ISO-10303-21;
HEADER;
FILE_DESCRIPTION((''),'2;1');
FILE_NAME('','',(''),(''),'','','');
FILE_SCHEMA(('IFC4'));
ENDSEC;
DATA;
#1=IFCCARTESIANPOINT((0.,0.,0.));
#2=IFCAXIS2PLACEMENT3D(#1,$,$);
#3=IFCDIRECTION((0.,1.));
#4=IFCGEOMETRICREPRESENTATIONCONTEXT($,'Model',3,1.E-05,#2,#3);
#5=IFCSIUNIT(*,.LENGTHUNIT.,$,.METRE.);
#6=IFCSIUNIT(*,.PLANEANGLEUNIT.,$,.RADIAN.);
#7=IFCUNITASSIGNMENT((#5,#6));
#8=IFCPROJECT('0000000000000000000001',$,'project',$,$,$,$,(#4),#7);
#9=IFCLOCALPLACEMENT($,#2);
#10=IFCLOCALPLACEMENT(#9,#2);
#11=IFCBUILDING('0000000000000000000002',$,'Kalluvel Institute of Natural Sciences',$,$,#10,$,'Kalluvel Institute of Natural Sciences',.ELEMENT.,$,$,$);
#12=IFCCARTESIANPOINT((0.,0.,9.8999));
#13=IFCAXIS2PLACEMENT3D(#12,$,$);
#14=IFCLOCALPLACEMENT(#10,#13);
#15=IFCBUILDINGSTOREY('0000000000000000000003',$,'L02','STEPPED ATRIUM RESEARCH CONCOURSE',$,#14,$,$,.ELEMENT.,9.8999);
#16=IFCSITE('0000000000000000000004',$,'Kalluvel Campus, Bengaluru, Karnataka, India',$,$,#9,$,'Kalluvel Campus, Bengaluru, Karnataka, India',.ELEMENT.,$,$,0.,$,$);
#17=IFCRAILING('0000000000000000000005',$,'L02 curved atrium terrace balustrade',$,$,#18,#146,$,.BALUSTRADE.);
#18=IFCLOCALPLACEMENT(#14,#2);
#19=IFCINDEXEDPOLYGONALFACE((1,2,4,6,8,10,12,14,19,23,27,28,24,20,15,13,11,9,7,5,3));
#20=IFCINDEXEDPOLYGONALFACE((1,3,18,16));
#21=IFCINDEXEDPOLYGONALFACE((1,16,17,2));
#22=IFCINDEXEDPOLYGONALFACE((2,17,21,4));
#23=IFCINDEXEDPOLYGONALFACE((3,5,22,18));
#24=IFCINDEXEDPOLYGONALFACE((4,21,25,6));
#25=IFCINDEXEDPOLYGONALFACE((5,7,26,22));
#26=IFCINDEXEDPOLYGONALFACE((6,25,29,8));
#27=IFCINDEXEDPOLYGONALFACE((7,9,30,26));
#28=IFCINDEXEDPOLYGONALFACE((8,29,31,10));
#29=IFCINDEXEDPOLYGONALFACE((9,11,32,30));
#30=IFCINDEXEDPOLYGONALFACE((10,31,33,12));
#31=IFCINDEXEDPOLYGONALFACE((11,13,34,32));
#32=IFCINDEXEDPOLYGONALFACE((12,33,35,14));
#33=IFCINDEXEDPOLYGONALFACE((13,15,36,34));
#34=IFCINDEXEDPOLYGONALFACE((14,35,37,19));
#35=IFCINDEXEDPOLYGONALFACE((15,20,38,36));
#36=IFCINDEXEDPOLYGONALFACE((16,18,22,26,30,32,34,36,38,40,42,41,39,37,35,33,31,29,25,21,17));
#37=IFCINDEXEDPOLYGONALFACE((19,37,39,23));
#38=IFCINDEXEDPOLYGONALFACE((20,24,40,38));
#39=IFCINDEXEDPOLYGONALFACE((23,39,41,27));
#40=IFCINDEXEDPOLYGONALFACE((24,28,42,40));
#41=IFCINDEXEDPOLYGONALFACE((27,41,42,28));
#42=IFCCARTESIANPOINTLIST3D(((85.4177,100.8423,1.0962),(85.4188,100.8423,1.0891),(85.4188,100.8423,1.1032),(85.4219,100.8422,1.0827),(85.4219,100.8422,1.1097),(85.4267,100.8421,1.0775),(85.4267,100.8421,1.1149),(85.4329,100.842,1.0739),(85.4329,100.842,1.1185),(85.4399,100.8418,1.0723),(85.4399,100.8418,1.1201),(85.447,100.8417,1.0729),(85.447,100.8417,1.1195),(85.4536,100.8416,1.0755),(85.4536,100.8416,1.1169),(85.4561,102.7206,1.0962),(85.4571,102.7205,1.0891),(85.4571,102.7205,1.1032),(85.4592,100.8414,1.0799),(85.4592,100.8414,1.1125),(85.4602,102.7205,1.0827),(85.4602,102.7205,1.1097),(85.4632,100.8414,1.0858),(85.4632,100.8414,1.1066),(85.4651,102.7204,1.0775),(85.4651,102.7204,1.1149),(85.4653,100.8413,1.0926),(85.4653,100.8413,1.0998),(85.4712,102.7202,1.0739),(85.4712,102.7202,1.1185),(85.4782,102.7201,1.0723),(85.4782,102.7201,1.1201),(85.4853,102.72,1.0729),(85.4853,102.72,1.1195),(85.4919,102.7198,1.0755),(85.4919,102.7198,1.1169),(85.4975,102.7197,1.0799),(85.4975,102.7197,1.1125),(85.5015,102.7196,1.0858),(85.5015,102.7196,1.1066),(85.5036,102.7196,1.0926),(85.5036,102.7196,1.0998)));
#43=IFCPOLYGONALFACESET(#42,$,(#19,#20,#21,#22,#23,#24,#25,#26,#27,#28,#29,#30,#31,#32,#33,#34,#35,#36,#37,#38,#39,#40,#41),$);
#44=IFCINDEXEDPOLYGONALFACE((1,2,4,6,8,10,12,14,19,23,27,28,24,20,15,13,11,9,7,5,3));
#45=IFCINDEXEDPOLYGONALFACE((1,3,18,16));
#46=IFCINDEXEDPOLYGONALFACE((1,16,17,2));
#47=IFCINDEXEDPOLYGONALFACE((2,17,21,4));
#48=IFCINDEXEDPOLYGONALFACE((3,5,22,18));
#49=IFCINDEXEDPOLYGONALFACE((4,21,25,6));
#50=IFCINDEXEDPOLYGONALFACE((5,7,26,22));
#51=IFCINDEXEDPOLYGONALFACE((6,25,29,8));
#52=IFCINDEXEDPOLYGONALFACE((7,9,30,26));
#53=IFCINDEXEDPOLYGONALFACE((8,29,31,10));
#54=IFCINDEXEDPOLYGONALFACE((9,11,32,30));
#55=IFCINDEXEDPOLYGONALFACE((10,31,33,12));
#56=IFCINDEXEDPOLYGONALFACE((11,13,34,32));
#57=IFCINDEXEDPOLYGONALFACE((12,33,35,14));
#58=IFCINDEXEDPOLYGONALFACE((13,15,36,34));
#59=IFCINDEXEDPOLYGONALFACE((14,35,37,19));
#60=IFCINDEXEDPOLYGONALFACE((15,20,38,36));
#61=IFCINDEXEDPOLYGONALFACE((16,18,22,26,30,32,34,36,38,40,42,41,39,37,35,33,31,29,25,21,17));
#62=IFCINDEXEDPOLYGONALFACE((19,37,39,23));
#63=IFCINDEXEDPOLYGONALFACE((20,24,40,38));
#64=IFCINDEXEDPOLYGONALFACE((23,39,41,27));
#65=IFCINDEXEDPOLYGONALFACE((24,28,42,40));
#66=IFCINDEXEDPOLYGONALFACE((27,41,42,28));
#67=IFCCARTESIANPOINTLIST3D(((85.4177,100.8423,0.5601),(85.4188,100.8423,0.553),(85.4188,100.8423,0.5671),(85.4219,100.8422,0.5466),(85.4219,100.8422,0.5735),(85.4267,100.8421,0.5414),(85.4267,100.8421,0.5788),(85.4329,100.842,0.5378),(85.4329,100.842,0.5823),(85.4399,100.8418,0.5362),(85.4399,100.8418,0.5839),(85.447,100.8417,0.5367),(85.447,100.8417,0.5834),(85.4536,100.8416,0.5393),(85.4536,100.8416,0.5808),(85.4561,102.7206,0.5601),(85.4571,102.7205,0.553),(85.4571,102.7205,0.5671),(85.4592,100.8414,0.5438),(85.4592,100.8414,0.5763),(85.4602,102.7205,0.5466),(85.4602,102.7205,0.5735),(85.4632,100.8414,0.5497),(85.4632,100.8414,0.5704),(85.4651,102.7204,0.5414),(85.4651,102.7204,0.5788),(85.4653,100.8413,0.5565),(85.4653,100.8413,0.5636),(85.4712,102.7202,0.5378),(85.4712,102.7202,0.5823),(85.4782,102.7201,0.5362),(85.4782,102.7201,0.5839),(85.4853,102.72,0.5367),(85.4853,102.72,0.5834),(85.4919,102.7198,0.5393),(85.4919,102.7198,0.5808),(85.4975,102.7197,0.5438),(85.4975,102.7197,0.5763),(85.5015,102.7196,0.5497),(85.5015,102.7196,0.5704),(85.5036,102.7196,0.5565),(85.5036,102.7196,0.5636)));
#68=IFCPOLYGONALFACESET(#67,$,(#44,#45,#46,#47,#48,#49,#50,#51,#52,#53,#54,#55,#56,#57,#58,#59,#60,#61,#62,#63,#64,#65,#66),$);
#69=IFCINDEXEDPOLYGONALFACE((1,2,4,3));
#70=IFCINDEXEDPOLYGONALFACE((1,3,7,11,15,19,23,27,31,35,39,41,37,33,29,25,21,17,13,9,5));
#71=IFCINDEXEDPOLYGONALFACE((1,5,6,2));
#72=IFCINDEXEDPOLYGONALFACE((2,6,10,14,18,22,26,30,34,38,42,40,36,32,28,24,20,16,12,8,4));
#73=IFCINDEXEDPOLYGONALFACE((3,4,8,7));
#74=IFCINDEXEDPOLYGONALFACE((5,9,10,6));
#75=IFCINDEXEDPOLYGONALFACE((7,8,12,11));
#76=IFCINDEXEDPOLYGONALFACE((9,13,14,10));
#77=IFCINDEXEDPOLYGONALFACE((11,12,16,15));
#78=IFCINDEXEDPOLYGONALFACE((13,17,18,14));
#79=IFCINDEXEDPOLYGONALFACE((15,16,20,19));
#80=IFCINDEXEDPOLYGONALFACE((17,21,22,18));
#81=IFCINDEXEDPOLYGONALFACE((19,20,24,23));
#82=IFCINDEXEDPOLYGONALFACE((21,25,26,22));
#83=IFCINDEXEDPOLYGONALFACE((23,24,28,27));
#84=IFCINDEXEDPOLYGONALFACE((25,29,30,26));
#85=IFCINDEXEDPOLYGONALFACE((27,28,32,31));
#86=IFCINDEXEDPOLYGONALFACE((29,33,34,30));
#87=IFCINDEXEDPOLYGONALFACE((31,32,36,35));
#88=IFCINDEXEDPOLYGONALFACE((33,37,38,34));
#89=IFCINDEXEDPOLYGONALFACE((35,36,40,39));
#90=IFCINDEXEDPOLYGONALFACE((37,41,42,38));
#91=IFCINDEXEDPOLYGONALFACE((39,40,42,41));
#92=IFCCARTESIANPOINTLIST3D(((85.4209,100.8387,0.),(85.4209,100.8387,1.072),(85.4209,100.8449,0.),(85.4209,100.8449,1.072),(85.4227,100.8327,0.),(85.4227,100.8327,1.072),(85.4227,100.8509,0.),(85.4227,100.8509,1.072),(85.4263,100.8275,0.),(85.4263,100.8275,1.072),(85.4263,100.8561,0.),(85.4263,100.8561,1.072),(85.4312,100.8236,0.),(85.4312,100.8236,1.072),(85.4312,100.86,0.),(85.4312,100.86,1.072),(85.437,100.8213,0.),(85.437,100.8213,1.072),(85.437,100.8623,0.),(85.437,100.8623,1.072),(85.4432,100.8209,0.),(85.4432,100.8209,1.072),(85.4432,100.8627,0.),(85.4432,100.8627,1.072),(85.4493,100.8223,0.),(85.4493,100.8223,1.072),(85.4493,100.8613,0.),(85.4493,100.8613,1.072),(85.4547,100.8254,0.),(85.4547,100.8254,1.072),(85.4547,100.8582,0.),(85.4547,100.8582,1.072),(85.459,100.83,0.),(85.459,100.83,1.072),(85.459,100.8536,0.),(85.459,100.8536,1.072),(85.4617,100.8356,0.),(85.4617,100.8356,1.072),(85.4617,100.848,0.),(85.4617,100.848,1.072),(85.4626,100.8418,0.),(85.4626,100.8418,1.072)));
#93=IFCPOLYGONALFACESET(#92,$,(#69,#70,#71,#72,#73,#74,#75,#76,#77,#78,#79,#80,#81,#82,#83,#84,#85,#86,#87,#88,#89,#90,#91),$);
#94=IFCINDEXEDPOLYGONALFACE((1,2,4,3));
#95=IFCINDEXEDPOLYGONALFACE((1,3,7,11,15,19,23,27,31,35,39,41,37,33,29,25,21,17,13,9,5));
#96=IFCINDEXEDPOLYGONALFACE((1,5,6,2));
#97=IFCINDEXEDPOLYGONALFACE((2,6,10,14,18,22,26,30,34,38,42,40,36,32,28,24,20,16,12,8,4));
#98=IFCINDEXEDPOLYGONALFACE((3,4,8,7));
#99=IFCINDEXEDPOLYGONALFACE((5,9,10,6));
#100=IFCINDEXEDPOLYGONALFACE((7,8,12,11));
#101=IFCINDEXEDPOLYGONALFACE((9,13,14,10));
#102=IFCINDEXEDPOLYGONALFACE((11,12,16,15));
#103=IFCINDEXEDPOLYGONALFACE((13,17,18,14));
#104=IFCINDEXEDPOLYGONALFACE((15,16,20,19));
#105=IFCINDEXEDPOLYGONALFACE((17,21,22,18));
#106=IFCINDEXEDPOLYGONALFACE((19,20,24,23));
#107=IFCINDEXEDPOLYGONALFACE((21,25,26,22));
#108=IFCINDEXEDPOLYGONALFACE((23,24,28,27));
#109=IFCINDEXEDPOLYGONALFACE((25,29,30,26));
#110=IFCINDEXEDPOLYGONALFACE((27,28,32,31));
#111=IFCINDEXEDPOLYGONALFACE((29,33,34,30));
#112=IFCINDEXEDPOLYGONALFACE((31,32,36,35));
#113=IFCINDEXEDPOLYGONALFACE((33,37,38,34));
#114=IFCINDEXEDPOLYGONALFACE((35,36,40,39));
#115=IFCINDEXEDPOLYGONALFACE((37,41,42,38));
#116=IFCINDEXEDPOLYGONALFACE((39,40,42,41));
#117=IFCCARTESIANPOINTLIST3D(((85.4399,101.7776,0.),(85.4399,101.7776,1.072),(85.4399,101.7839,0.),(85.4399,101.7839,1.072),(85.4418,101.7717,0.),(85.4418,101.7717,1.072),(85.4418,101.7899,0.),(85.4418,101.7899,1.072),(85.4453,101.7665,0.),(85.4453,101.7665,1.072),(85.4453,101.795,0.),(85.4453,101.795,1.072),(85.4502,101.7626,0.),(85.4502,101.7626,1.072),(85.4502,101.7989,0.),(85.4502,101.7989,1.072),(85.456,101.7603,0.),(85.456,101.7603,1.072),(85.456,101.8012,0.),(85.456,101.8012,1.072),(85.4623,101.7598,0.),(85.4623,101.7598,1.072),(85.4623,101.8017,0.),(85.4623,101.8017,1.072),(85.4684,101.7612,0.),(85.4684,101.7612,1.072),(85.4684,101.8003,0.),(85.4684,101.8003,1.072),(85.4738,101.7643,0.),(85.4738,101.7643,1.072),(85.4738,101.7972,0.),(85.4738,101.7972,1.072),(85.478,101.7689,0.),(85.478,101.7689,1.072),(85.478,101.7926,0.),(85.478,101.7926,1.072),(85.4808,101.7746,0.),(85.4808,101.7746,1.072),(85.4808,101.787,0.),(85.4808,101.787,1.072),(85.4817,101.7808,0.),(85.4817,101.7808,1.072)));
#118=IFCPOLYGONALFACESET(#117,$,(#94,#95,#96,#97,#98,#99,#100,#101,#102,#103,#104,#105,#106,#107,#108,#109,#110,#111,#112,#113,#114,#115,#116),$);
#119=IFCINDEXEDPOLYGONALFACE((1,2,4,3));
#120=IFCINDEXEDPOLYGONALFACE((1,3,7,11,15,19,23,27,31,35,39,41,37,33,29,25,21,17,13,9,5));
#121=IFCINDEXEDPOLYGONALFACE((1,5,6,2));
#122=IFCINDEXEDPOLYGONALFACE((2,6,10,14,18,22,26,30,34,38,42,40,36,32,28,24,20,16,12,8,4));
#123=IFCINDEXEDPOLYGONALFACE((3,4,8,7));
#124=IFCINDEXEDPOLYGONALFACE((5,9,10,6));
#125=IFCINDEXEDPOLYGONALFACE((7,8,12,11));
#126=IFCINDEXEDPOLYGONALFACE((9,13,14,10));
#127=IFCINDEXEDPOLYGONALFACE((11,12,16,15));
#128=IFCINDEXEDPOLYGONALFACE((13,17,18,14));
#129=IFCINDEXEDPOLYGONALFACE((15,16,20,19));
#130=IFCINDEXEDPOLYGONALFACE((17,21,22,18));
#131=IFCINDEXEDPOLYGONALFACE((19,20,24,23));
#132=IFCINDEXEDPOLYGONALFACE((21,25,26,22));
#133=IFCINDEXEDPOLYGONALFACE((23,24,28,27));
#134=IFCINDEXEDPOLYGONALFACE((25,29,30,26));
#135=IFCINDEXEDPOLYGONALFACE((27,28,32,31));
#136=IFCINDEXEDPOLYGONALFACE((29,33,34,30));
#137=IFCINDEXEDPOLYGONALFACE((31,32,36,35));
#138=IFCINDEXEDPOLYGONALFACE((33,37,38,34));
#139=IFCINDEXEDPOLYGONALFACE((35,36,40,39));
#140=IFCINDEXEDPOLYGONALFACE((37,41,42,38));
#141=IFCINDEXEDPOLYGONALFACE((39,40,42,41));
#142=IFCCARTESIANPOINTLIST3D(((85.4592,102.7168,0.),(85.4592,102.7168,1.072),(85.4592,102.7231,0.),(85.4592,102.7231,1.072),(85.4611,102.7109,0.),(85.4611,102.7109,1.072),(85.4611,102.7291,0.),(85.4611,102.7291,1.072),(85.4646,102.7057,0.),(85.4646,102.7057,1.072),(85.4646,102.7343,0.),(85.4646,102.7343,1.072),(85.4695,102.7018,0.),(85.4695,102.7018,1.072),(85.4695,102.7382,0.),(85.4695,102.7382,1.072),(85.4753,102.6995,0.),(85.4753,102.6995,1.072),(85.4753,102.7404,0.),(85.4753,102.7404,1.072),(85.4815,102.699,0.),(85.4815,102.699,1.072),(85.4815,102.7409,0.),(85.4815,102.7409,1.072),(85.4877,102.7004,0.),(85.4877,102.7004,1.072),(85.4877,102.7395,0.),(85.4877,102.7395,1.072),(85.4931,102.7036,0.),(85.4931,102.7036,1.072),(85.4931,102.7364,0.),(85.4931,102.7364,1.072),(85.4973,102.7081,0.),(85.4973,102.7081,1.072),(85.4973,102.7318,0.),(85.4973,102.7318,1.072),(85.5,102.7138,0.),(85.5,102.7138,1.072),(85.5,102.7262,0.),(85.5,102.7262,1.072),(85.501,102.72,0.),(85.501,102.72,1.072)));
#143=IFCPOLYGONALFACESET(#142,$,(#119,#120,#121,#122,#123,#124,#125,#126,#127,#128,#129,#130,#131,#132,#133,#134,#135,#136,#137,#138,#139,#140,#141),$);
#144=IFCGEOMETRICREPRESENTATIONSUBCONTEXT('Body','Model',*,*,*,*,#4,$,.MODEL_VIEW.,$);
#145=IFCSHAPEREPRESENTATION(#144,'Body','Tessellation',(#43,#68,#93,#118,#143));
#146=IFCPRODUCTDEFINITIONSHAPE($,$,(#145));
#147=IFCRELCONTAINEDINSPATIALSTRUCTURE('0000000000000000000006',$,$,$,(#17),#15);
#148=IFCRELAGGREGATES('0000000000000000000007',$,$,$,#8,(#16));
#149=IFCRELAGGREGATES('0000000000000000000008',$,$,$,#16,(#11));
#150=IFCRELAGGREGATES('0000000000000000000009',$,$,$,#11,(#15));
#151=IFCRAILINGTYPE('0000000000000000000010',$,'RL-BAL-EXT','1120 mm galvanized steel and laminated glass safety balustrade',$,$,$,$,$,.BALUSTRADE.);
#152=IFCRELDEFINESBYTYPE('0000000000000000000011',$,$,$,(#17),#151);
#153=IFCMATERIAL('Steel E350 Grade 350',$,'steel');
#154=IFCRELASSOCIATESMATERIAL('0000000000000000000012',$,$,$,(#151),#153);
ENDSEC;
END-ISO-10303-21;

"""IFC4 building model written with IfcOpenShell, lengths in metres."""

from ifc_helpers import new_model, si_unit, direction, frame, origin, origin_2d, place, context, subcontext, project, spatial, circle, extrude, material, type_object, element, save


model = new_model("IFC4")

# Units and contexts
model_context = context("Model", 3, precision=1e-05, world=origin(), true_north=direction((0.0, 1.0)))
body_context = subcontext(model_context, "Body", "Model", "MODEL_VIEW")
ifc_project = project(units=[si_unit("LENGTHUNIT", "METRE"), si_unit("PLANEANGLEUNIT", "RADIAN")], contexts=[model_context])

# Site, building, storey
site_placement = place(None, origin())
site = spatial("IfcSite", under=ifc_project, at=site_placement, Name="Kalluvel Campus, Bengaluru, Karnataka, India", LongName="Kalluvel Campus, Bengaluru, Karnataka, India", CompositionType="ELEMENT", RefElevation=0.0)
building_placement = place(site_placement, origin())
building = spatial("IfcBuilding", under=site, at=building_placement, Name="Kalluvel Institute of Natural Sciences", LongName="Kalluvel Institute of Natural Sciences", CompositionType="ELEMENT")
storey_placement = place(building_placement, frame((0.0, 0.0, 9.8999)))
storey = spatial("IfcBuildingStorey", under=building, at=storey_placement, Name="L02", Description="STEPPED ATRIUM RESEARCH CONCOURSE", CompositionType="ELEMENT", Elevation=9.8999)

# Railing
ifc_material_1 = material(Name="Steel E350 Grade 350", Category="steel")
railing_type = type_object("IfcRailingType", Name="RL-BAL-EXT", Description="1120 mm galvanized steel and laminated glass safety balustrade", PredefinedType="BALUSTRADE", material=ifc_material_1)
railing_1_placement = place(storey_placement, frame((85.4417, 100.8418, 0.0)))
element("IfcRailing", 1, at=railing_1_placement, inside=storey, type_object=railing_type, Name="L02 curved atrium terrace balustrade", PredefinedType="BALUSTRADE", context=body_context, shape_type="SweptSolid", body=[
    extrude(circle(Radius=0.0239, at=origin_2d()), frame((0.0, 0.0, 1.0962), z_axis=(0.020404, 0.999792, 0.0), x_axis=(-0.999792, 0.020404, 0.0)), (0.0, 0.0, 1.0), 1.8787),
    extrude(circle(Radius=0.0239, at=origin_2d()), frame((0.0, 0.0, 0.5601), z_axis=(0.020404, 0.999792, 0.0), x_axis=(-0.999792, 0.020404, 0.0)), (0.0, 0.0, 1.0), 1.8787),
    extrude(circle(Radius=0.021, at=origin_2d()), origin(), (0.0, 0.0, 1.0), 1.072),
    extrude(circle(Radius=0.021, at=origin_2d()), frame((0.019, 0.939, 0.0)), (0.0, 0.0, 1.0), 1.072),
    extrude(circle(Radius=0.021, at=origin_2d()), frame((0.0383, 1.8782, 0.0)), (0.0, 0.0, 1.0), 1.072),
])

save(model, "model.ifc")
